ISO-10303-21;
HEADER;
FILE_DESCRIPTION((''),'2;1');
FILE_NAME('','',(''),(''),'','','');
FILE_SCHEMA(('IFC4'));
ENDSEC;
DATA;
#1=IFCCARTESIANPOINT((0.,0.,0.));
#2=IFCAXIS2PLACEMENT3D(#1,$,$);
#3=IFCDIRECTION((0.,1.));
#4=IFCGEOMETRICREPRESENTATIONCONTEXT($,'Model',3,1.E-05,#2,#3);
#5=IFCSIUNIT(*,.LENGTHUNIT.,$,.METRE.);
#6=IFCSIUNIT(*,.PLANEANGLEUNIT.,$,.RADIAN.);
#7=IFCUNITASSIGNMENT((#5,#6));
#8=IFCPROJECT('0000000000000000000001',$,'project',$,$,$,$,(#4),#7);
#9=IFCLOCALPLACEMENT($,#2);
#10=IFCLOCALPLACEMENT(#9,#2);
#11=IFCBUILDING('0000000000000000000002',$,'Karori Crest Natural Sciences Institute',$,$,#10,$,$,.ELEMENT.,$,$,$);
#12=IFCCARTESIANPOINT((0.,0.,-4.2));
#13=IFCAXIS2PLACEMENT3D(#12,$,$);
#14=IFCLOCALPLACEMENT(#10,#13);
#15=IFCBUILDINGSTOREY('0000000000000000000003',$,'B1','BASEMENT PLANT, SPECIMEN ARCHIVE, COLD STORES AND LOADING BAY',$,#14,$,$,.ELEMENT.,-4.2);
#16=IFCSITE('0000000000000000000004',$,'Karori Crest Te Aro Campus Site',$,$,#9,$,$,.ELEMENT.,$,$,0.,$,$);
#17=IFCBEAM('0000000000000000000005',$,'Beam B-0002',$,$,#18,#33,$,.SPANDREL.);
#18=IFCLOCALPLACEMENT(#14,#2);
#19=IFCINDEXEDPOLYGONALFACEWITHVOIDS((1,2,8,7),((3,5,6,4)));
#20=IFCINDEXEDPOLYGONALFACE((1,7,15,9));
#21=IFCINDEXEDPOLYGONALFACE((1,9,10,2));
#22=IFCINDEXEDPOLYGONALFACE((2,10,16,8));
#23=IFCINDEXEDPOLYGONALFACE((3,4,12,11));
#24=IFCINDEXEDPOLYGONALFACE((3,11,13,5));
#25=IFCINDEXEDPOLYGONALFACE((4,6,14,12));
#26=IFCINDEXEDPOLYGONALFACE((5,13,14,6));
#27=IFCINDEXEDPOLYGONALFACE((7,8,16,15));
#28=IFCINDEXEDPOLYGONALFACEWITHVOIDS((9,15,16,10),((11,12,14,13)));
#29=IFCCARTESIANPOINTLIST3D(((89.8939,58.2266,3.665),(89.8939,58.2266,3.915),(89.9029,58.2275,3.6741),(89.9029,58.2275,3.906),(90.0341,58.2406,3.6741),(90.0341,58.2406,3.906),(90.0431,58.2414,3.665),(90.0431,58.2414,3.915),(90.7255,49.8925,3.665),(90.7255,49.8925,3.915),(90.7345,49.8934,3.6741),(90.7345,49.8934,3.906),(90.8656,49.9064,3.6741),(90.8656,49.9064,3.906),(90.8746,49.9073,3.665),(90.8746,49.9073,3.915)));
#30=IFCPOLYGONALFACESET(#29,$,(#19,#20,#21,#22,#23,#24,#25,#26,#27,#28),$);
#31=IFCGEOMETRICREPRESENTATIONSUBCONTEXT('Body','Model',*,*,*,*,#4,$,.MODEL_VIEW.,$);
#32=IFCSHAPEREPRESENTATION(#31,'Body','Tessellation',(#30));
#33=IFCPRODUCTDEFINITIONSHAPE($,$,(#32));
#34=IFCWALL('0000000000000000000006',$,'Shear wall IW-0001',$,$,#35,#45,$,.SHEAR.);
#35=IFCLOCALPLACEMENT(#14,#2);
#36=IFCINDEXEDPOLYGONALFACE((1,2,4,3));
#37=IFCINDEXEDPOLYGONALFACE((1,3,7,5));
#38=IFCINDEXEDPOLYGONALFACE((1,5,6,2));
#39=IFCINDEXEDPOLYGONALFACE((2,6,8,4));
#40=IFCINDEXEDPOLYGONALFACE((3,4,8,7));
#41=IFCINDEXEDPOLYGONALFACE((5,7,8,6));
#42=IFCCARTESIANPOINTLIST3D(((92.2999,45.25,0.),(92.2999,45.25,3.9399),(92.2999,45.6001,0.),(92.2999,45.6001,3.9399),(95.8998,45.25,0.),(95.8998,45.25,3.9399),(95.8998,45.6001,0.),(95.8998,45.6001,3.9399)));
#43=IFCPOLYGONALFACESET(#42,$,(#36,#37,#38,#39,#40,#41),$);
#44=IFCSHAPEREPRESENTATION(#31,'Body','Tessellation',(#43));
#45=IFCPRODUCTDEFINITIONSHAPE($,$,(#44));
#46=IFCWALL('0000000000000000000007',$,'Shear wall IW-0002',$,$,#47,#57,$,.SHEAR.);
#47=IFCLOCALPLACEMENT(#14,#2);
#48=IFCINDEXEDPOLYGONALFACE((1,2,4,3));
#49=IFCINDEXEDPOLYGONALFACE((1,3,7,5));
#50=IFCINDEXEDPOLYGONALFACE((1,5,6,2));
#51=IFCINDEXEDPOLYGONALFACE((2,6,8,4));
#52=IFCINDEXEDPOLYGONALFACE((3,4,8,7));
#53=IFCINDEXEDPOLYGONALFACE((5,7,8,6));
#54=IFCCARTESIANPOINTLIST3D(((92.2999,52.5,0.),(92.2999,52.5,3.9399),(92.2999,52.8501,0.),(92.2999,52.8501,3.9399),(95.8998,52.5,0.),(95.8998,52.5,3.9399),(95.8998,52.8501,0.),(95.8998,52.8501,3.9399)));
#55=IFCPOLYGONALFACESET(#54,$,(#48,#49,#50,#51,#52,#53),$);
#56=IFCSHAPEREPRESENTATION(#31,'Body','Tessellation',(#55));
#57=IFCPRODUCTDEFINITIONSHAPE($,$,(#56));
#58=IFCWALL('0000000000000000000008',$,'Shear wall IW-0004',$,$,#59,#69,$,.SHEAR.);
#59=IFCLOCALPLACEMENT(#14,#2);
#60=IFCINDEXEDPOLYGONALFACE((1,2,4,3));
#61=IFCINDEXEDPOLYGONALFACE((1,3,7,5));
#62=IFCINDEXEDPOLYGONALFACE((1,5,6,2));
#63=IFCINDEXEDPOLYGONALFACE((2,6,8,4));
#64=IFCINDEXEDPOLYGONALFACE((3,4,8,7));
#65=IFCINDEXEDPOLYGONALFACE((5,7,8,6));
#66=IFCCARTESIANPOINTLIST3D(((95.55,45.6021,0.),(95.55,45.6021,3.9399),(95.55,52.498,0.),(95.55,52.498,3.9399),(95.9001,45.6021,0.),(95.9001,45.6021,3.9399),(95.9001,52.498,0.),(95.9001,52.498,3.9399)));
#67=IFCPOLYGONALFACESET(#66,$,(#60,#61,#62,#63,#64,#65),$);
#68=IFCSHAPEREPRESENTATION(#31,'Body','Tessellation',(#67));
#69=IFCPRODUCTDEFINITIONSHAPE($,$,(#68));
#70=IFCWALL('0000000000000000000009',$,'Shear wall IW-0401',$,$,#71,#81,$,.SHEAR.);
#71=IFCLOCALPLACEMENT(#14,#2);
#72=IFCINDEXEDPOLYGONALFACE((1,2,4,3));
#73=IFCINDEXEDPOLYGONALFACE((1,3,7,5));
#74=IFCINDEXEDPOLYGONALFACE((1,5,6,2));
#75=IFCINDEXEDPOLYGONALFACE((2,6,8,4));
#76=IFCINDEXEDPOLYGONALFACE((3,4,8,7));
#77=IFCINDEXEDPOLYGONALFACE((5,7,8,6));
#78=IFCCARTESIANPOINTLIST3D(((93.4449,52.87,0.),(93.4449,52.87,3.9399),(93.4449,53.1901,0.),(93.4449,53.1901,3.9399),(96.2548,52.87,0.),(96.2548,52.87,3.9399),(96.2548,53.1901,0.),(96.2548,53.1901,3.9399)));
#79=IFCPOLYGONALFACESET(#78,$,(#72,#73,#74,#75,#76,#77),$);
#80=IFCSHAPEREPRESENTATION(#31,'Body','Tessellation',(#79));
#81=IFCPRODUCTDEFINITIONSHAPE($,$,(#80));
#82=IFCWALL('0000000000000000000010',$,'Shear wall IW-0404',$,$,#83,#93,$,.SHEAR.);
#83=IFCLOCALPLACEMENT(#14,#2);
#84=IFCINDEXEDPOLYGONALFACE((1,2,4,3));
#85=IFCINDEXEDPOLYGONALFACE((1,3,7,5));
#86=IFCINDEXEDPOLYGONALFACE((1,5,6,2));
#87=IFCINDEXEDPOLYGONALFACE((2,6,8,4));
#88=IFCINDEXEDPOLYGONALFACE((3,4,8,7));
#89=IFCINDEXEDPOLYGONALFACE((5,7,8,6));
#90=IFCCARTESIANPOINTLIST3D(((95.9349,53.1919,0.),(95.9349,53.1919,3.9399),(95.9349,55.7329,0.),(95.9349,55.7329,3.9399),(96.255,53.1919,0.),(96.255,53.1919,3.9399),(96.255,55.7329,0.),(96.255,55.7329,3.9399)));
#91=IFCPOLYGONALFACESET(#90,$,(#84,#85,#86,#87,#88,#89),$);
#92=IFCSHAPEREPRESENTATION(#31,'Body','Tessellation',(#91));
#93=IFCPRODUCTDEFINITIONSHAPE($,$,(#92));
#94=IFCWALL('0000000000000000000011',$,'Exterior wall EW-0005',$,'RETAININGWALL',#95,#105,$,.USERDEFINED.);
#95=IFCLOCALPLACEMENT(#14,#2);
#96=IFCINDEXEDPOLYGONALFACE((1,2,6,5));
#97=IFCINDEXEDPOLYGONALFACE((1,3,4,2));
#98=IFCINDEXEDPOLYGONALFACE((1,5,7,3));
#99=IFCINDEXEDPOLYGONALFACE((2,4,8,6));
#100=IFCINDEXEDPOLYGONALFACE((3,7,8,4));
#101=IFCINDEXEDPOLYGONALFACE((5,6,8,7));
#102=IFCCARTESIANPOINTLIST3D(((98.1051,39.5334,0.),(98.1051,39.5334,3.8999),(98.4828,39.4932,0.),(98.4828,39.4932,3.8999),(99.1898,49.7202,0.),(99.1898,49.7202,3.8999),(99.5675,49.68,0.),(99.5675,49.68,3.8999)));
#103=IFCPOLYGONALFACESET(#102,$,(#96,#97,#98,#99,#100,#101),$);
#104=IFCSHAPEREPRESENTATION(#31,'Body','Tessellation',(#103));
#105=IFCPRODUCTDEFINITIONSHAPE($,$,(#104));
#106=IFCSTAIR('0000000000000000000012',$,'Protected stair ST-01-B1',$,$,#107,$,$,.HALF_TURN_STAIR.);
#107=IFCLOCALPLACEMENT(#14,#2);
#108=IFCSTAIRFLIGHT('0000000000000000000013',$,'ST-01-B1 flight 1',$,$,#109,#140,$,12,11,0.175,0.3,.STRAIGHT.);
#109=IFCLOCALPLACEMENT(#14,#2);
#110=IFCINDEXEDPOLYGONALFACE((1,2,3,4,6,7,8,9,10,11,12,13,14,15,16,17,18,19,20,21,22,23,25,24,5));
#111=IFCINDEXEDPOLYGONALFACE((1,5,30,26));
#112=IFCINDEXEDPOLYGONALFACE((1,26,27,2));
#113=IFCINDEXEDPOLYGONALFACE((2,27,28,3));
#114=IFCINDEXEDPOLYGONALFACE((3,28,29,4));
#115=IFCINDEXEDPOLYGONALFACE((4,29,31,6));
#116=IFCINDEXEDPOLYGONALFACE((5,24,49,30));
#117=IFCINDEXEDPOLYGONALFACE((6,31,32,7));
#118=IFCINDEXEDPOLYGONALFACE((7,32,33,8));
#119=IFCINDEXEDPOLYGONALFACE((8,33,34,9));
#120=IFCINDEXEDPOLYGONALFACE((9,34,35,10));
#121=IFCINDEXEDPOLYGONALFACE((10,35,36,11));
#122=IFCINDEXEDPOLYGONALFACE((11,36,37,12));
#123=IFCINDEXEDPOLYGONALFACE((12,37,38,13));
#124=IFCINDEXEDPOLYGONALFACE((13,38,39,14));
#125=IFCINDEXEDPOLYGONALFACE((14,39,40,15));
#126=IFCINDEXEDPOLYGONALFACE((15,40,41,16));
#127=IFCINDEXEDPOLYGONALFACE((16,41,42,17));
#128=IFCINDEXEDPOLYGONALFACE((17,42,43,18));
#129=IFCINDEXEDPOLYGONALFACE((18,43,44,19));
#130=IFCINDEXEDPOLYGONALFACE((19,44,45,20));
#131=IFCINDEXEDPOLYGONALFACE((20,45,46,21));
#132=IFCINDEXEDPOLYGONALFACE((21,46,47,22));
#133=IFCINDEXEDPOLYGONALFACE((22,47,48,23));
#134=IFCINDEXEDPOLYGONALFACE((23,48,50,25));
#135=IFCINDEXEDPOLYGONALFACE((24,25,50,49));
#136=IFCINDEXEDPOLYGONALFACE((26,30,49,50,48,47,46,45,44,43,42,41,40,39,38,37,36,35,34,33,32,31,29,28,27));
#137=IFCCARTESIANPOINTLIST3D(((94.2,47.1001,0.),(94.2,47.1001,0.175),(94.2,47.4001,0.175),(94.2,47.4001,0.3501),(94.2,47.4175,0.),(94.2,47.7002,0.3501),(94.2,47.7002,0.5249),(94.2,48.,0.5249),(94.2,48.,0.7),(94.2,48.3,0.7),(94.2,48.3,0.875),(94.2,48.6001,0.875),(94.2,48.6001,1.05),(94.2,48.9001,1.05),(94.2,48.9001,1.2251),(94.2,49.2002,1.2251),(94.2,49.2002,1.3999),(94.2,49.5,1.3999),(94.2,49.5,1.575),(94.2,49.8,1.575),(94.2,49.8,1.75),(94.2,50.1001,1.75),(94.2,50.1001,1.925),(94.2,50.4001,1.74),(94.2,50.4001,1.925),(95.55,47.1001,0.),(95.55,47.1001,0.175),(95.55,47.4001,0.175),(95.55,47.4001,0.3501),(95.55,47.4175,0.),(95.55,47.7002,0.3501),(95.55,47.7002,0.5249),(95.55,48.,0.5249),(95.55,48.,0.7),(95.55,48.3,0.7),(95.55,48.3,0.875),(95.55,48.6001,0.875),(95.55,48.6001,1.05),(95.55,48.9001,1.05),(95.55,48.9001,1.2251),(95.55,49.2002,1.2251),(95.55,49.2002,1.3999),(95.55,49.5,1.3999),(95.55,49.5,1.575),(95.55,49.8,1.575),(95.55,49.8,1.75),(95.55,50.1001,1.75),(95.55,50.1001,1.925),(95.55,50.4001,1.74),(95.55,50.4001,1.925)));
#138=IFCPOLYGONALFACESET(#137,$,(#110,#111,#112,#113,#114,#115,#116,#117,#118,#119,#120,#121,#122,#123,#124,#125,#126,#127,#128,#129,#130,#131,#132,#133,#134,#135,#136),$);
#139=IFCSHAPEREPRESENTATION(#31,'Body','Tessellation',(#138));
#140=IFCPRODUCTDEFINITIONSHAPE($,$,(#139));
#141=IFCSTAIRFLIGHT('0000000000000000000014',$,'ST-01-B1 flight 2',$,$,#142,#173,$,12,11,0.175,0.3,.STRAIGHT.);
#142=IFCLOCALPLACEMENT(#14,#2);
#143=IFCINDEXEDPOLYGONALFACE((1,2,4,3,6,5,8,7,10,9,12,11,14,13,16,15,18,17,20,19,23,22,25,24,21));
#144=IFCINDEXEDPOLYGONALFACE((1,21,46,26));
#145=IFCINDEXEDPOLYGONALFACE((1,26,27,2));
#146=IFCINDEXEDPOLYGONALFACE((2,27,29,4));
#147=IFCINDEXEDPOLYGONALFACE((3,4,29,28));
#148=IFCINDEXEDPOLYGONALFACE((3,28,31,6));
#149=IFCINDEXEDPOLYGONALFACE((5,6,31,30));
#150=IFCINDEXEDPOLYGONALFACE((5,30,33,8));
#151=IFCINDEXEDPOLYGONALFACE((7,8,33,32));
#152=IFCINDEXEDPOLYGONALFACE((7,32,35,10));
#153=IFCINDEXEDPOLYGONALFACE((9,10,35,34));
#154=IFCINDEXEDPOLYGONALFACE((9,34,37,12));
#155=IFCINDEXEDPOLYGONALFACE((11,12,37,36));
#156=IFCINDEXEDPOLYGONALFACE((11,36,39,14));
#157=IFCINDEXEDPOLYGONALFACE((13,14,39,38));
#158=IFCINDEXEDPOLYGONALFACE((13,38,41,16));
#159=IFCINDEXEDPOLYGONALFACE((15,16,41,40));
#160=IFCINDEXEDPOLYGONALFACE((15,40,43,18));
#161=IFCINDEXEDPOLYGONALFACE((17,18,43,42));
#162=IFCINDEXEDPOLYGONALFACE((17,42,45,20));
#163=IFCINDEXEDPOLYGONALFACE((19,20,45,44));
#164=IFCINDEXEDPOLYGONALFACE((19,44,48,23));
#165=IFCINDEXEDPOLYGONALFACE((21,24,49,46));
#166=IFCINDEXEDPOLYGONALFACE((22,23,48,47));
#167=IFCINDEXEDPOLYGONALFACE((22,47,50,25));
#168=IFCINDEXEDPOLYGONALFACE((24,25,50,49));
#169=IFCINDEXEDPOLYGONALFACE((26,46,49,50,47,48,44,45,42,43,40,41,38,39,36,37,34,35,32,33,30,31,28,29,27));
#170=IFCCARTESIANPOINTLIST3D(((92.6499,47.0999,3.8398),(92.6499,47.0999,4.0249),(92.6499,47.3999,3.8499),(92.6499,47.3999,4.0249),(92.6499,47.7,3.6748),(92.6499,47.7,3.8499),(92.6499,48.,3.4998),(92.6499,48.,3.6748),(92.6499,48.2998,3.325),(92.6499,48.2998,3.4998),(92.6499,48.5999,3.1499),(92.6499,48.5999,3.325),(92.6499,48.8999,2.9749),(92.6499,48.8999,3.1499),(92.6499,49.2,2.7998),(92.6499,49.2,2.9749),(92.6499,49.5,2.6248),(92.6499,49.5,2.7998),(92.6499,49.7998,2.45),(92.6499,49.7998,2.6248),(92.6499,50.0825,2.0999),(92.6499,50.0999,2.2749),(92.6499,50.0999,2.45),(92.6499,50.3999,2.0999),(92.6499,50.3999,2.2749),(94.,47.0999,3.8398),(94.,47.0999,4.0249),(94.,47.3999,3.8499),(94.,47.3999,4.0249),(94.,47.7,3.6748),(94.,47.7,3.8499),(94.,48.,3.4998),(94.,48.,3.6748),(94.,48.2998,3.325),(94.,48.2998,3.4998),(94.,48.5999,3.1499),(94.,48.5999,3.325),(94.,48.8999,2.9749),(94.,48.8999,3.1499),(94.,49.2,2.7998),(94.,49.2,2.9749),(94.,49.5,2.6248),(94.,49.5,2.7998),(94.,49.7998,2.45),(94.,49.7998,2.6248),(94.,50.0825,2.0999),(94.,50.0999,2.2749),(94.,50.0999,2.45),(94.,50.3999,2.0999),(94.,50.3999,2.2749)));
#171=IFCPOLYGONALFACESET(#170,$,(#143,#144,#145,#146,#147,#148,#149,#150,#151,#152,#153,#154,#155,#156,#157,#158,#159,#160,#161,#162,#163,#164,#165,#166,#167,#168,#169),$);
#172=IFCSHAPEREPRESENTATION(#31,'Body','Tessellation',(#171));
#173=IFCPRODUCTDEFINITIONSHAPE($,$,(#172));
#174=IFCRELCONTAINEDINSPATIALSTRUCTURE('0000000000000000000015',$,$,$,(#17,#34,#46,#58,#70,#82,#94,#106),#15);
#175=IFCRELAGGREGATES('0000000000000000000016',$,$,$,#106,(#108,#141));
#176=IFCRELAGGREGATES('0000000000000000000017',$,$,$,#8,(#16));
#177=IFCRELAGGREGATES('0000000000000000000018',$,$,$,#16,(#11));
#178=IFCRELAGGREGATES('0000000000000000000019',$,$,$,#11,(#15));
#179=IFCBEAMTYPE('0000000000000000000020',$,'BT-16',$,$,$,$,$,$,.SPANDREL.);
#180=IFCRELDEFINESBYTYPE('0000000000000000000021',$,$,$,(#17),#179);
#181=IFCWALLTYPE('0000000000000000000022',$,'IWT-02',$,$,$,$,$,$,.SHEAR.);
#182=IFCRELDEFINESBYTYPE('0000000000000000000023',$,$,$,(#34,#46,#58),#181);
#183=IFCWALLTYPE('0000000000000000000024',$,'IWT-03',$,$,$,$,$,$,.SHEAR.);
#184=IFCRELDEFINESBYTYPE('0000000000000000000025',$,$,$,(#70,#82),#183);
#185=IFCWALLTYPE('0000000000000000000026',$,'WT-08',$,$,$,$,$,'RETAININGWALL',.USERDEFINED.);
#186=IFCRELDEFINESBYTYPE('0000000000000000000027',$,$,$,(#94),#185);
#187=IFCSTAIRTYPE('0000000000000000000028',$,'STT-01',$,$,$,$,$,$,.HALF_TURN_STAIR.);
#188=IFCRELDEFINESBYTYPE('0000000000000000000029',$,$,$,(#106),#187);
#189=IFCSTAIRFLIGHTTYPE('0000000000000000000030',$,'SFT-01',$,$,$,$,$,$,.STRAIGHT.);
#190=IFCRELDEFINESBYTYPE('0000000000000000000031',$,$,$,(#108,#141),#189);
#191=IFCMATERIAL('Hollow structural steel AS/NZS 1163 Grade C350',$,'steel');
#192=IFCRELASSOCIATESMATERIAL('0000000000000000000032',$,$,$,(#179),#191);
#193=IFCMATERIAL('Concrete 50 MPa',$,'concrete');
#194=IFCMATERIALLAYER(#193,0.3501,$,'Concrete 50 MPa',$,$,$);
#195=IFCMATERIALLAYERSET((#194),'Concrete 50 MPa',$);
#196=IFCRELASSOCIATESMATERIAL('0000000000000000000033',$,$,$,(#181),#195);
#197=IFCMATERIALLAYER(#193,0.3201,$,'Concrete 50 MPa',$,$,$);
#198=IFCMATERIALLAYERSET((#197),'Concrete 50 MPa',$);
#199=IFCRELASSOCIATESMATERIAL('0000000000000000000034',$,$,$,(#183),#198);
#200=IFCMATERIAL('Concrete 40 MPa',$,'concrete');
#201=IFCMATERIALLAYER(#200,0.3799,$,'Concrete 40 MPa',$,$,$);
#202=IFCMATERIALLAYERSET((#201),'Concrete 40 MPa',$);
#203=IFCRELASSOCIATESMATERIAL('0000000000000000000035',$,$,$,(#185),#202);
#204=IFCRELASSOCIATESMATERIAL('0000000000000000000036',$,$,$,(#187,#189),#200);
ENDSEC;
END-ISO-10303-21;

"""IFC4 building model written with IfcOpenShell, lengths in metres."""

from ifc_helpers import new_model, si_unit, direction, frame, frame_2d, origin, origin_2d, place, context, subcontext, project, spatial, polyline, rectangle, hollow_rectangle, outline, extrude, material, layer, layer_set, material_profile, profile_set, type_object, element, aggregate, save


model = new_model("IFC4")

# Units and contexts
model_context = context("Model", 3, precision=1e-05, world=origin(), true_north=direction((0.0, 1.0)))
body_context = subcontext(model_context, "Body", "Model", "MODEL_VIEW")
ifc_project = project(units=[si_unit("LENGTHUNIT", "METRE"), si_unit("PLANEANGLEUNIT", "RADIAN")], contexts=[model_context])

# Site, building, storey
site_placement = place(None, origin())
site = spatial("IfcSite", under=ifc_project, at=site_placement, Name="Karori Crest Te Aro Campus Site", CompositionType="ELEMENT", RefElevation=0.0)
building_placement = place(site_placement, origin())
building = spatial("IfcBuilding", under=site, at=building_placement, Name="Karori Crest Natural Sciences Institute", CompositionType="ELEMENT")
storey_placement = place(building_placement, frame((0.0, 0.0, -4.2)))
storey = spatial("IfcBuildingStorey", under=building, at=storey_placement, Name="B1", Description="BASEMENT PLANT, SPECIMEN ARCHIVE, COLD STORES AND LOADING BAY", CompositionType="ELEMENT", Elevation=-4.2)

# Shared definitions
ifc_material_1 = material(Name="Concrete 40 MPa", Category="concrete")

# Shared definitions
ifc_material_2 = material(Name="Hollow structural steel AS/NZS 1163 Grade C350", Category="steel")
ifc_material_3 = material(Name="Concrete 50 MPa", Category="concrete")

# Beam
ifc_material_profile_1 = material_profile(ifc_material_2, hollow_rectangle(XDim=0.1499, YDim=0.25, WallThickness=0.009, at=origin_2d()), Name="RHS250x150x9")
ifc_profile_set_1 = profile_set([ifc_material_profile_1], Name="Hollow structural steel AS/NZS 1163 Grade C350")
beam_type_1 = type_object("IfcBeamType", Name="BT-16", PredefinedType="SPANDREL", material=ifc_profile_set_1)
beam_1_placement = place(storey_placement, frame((90.8, 49.8999, 3.79), z_axis=(-0.099284, 0.995059, 0.0), x_axis=(-0.995059, -0.099284, 0.0)))
element("IfcBeam", 1, at=beam_1_placement, inside=storey, type_object=beam_type_1, Name="Beam B-0002", PredefinedType="SPANDREL", context=body_context, shape_type="SweptSolid", body=[
    extrude(hollow_rectangle(XDim=0.1499, YDim=0.25, WallThickness=0.009, at=origin_2d()), origin(), (0.0, 0.0, 1.0), 8.3755),
])

# Walls
ifc_layer_1 = layer(ifc_material_3, 0.3501, Name="Concrete 50 MPa")
ifc_layer_set_1 = layer_set([ifc_layer_1], Name="Concrete 50 MPa")
wall_type_1 = type_object("IfcWallType", Name="IWT-02", PredefinedType="SHEAR", material=ifc_layer_set_1)
for number, where, z_axis, x_axis, name in (
    (2, (92.3, 45.425, 0.0), (0.0, 0.0, 1.0), (1.0, 0.0, 0.0), "Shear wall IW-0001"),
    (3, (92.3, 52.675, 0.0), (0.0, 0.0, 1.0), (1.0, 0.0, 0.0), "Shear wall IW-0002"),
):
    element("IfcWall", number, at=place(storey_placement, frame(where, z_axis=z_axis, x_axis=x_axis)), inside=storey, type_object=wall_type_1, Name=name, PredefinedType="SHEAR", context=body_context, shape_type="SweptSolid", body=[
        extrude(rectangle(XDim=3.5999, YDim=0.3501, at=frame_2d((1.7998, 0.0))), origin(), (0.0, 0.0, 1.0), 3.9399),
    ])

# Walls
wall_1_placement = place(storey_placement, frame((95.7251, 45.6021, 0.0), z_axis=(0.0, 0.0, 1.0), x_axis=(0.0, 1.0, 0.0)))
element("IfcWall", 4, at=wall_1_placement, inside=storey, type_object=wall_type_1, Name="Shear wall IW-0004", PredefinedType="SHEAR", context=body_context, shape_type="SweptSolid", body=[
    extrude(rectangle(XDim=6.896, YDim=0.3501, at=frame_2d((3.448, 0.0))), origin(), (0.0, 0.0, 1.0), 3.9399),
])
ifc_layer_2 = layer(ifc_material_3, 0.3201, Name="Concrete 50 MPa")
ifc_layer_set_2 = layer_set([ifc_layer_2], Name="Concrete 50 MPa")
wall_type_2 = type_object("IfcWallType", Name="IWT-03", PredefinedType="SHEAR", material=ifc_layer_set_2)
wall_2_placement = place(storey_placement, frame((93.4451, 53.03, 0.0), z_axis=(0.0, 0.0, 1.0), x_axis=(1.0, 0.0, 0.0)))
element("IfcWall", 5, at=wall_2_placement, inside=storey, type_object=wall_type_2, Name="Shear wall IW-0401", PredefinedType="SHEAR", context=body_context, shape_type="SweptSolid", body=[
    extrude(rectangle(XDim=2.8098, YDim=0.3201, at=frame_2d((1.4048, 0.0))), origin(), (0.0, 0.0, 1.0), 3.9399),
])

# Walls
wall_3_placement = place(storey_placement, frame((96.095, 53.1919, 0.0), z_axis=(0.0, 0.0, 1.0), x_axis=(0.0, 1.0, 0.0)))
element("IfcWall", 6, at=wall_3_placement, inside=storey, type_object=wall_type_2, Name="Shear wall IW-0404", PredefinedType="SHEAR", context=body_context, shape_type="SweptSolid", body=[
    extrude(rectangle(XDim=2.541, YDim=0.3201, at=frame_2d((1.2705, 0.0))), origin(), (0.0, 0.0, 1.0), 3.9399),
])
ifc_layer_3 = layer(ifc_material_1, 0.3799, Name="Concrete 40 MPa")
ifc_layer_set_3 = layer_set([ifc_layer_3], Name="Concrete 40 MPa")
wall_type_3 = type_object("IfcWallType", Name="WT-08", ElementType="RETAININGWALL", PredefinedType="USERDEFINED", material=ifc_layer_set_3)
wall_4_placement = place(storey_placement, frame((99.3787, 49.7, 0.0), z_axis=(0.0, 0.0, 1.0), x_axis=(-0.105884, -0.994378, 0.0)))
element("IfcWall", 7, at=wall_4_placement, inside=storey, type_object=wall_type_3, Name="Exterior wall EW-0005", ObjectType="RETAININGWALL", PredefinedType="USERDEFINED", context=body_context, shape_type="SweptSolid", body=[
    extrude(rectangle(XDim=10.2444, YDim=0.3799, at=frame_2d((5.1221, 0.0))), origin(), (0.0, 0.0, 1.0), 3.8999),
])

# Stair, stair flights
stair_type = type_object("IfcStairType", Name="STT-01", PredefinedType="HALF_TURN_STAIR", material=ifc_material_1)
stair_placement = place(storey_placement, origin())
stair = element("IfcStair", 8, at=stair_placement, inside=storey, type_object=stair_type, Name="Protected stair ST-01-B1", PredefinedType="HALF_TURN_STAIR")
stair_flight_type = type_object("IfcStairFlightType", Name="SFT-01", PredefinedType="STRAIGHT", material=ifc_material_1)
stair_flight_1_placement = place(storey_placement, frame((94.875, 47.1001, 0.0), z_axis=(0.0, 0.0, 1.0), x_axis=(0.0, 1.0, 0.0)))
stair_flight_1 = element("IfcStairFlight", 9, at=stair_flight_1_placement, type_object=stair_flight_type, Name="ST-01-B1 flight 1", NumberOfRisers=12, NumberOfTreads=11, PredefinedType="STRAIGHT", RiserHeight=0.175, TreadLength=0.3, context=body_context, shape_type="SweptSolid", body=[
    extrude(outline(polyline([(0.0, 0.0), (0.0, 0.175), (0.3, 0.175), (0.3, 0.3501), (0.6001, 0.3501), (0.6001, 0.5249), (0.8999, 0.5249), (0.8999, 0.7), (1.2, 0.7), (1.2, 0.875), (1.5, 0.875), (1.5, 1.05), (1.8, 1.05), (1.8, 1.2251), (2.1001, 1.2251), (2.1001, 1.3999), (2.3999, 1.3999), (2.3999, 1.575), (2.7, 1.575), (2.7, 1.75), (3.0, 1.75), (3.0, 1.925), (3.3, 1.925), (3.3, 2.1001), (3.3, 1.74), (0.3174, 0.0), (0.0, 0.0)])), frame((0.0, 0.675, 0.0), z_axis=(0.0, -1.0, 0.0), x_axis=(1.0, 0.0, 0.0)), (0.0, 0.0, 1.0), 1.3501),
])
stair_flight_2_placement = place(storey_placement, frame((93.325, 50.3999, 2.0999), z_axis=(0.0, 0.0, 1.0), x_axis=(0.0, -1.0, 0.0)))
stair_flight_2 = element("IfcStairFlight", 10, at=stair_flight_2_placement, type_object=stair_flight_type, Name="ST-01-B1 flight 2", NumberOfRisers=12, NumberOfTreads=11, PredefinedType="STRAIGHT", RiserHeight=0.175, TreadLength=0.3, context=body_context, shape_type="SweptSolid", body=[
    extrude(outline(polyline([(0.0, 0.0), (0.0, 0.175), (0.3, 0.175), (0.3, 0.3501), (0.6001, 0.3501), (0.6001, 0.5249), (0.8999, 0.5249), (0.8999, 0.7), (1.2, 0.7), (1.2, 0.875), (1.5, 0.875), (1.5, 1.05), (1.8, 1.05), (1.8, 1.2251), (2.1001, 1.2251), (2.1001, 1.3999), (2.3999, 1.3999), (2.3999, 1.575), (2.7, 1.575), (2.7, 1.75), (3.0, 1.75), (3.0, 1.925), (3.3, 1.925), (3.3, 2.1001), (3.3, 1.74), (0.3174, 0.0), (0.0, 0.0)])), frame((0.0, 0.675, 0.0), z_axis=(0.0, -1.0, 0.0), x_axis=(1.0, 0.0, 0.0)), (0.0, 0.0, 1.0), 1.3501),
])
aggregate(stair, [stair_flight_1, stair_flight_2])

save(model, "model.ifc")
